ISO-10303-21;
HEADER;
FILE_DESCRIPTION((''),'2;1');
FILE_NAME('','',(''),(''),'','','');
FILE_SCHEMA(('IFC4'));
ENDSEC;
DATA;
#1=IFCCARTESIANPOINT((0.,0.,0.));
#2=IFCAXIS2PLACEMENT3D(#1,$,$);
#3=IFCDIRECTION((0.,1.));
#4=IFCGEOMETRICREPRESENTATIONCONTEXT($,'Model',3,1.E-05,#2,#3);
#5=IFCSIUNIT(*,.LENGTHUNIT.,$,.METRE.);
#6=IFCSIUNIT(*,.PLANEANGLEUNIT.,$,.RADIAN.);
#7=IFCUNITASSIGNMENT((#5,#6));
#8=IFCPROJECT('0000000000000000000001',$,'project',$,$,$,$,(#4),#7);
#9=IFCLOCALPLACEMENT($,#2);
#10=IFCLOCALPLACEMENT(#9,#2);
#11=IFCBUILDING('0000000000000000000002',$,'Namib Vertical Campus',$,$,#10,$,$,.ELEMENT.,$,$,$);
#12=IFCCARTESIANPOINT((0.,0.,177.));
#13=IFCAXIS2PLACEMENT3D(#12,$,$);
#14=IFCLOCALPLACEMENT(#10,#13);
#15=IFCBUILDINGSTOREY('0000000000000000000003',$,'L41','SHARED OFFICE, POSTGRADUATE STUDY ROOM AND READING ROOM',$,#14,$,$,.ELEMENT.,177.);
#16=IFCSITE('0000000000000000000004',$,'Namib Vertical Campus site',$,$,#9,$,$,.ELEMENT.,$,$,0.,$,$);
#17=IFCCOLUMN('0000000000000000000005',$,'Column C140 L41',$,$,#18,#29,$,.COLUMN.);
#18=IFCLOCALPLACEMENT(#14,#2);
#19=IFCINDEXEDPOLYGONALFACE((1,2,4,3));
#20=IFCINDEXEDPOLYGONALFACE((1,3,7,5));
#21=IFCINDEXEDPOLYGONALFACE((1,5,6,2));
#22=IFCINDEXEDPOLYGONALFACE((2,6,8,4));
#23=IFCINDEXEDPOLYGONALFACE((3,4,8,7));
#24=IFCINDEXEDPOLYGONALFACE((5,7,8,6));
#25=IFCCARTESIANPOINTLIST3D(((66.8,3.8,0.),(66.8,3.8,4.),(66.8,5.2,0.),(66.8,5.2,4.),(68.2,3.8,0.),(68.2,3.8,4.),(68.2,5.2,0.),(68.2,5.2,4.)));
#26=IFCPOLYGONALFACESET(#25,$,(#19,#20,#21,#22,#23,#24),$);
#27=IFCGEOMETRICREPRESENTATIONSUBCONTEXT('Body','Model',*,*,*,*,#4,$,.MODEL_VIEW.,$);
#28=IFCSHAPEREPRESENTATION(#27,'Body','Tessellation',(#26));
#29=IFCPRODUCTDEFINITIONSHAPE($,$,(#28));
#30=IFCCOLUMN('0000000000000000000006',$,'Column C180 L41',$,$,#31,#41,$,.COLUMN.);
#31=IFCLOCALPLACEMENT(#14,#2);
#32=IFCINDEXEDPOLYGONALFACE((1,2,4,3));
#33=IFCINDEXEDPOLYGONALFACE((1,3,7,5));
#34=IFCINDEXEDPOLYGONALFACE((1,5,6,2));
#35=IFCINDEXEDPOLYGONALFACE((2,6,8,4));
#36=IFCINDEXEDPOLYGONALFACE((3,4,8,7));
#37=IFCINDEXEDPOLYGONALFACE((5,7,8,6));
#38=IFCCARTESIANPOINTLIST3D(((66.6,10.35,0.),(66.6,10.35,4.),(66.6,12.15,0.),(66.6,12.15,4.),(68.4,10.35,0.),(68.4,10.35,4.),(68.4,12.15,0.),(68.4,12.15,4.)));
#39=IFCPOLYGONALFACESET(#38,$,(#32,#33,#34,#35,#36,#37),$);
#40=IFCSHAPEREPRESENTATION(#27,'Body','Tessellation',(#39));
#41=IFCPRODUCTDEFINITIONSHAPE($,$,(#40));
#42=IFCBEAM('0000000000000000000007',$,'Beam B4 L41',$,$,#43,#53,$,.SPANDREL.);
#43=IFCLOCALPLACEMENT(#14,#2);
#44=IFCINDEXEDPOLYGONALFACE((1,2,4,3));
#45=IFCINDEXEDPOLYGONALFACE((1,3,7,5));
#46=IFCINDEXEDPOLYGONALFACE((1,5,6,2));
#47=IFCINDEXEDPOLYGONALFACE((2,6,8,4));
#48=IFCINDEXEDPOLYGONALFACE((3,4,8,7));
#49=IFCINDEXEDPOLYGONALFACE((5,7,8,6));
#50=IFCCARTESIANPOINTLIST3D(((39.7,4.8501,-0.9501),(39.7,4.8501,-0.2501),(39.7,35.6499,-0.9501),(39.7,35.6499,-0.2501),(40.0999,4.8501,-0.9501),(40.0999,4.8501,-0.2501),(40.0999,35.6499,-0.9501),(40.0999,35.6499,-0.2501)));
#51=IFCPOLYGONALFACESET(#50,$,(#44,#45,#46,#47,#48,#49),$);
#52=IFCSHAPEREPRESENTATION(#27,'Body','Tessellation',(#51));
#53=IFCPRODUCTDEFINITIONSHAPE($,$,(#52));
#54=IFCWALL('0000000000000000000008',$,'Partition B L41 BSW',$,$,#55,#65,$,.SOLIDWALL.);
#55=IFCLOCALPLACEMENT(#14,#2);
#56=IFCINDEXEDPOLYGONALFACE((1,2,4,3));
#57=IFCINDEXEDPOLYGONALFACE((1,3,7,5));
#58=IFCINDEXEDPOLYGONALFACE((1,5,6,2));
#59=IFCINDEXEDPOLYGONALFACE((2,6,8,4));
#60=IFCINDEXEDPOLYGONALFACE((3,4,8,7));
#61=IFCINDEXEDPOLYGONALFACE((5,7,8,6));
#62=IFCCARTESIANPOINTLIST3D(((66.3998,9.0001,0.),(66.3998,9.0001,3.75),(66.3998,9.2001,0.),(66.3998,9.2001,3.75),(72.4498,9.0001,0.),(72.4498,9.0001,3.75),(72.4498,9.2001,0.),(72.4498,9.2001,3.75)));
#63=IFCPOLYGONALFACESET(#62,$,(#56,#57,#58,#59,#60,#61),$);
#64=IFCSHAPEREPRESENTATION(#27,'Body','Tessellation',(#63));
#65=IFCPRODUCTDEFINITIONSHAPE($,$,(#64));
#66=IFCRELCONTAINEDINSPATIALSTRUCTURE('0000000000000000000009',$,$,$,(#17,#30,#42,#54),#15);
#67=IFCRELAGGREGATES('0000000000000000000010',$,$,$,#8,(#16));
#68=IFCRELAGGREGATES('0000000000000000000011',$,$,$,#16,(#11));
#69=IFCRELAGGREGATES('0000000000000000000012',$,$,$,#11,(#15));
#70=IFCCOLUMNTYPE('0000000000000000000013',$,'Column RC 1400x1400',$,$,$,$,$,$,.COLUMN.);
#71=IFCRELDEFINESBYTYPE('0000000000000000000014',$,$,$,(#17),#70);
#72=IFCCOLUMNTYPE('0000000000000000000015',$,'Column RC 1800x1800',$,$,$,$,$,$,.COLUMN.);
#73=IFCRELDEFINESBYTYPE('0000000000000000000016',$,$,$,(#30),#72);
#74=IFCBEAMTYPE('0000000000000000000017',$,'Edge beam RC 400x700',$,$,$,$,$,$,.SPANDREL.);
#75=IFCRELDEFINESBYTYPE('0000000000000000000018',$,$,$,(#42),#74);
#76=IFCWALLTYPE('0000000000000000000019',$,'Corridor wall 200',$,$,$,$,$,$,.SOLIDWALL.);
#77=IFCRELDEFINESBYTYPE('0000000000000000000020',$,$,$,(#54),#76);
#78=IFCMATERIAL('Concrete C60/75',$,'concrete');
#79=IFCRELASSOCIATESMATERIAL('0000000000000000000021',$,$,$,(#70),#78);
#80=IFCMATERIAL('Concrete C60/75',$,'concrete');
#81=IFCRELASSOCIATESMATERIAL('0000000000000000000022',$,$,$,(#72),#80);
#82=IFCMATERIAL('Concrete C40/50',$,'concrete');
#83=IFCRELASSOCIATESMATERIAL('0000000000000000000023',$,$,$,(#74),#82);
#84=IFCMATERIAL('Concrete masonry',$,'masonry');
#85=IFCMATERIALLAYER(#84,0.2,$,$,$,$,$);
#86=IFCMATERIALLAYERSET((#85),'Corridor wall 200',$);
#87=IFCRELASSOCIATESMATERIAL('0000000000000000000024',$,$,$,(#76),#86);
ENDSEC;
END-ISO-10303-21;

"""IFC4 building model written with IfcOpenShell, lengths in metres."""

from ifc_helpers import new_model, si_unit, direction, frame, frame_2d, origin, origin_2d, place, context, subcontext, project, spatial, rectangle, extrude, material, layer, layer_set, material_profile, profile_set, type_object, element, save


model = new_model("IFC4")

# Units and contexts
model_context = context("Model", 3, precision=1e-05, world=origin(), true_north=direction((0.0, 1.0)))
body_context = subcontext(model_context, "Body", "Model", "MODEL_VIEW")
ifc_project = project(units=[si_unit("LENGTHUNIT", "METRE"), si_unit("PLANEANGLEUNIT", "RADIAN")], contexts=[model_context])

# Site, building, storey
site_placement = place(None, origin())
site = spatial("IfcSite", under=ifc_project, at=site_placement, Name="Namib Vertical Campus site", CompositionType="ELEMENT", RefElevation=0.0)
building_placement = place(site_placement, origin())
building = spatial("IfcBuilding", under=site, at=building_placement, Name="Namib Vertical Campus", CompositionType="ELEMENT")
storey_placement = place(building_placement, frame((0.0, 0.0, 177.0)))
storey = spatial("IfcBuildingStorey", under=building, at=storey_placement, Name="L41", Description="SHARED OFFICE, POSTGRADUATE STUDY ROOM AND READING ROOM", CompositionType="ELEMENT", Elevation=177.0)

# Columns
ifc_material_1 = material(Name="Concrete C60/75", Category="concrete")
ifc_material_profile_1 = material_profile(ifc_material_1, rectangle(XDim=1.3999, YDim=1.3999, at=origin_2d()))
ifc_profile_set_1 = profile_set([ifc_material_profile_1], Name="Concrete C60/75")
column_type_1 = type_object("IfcColumnType", Name="Column RC 1400x1400", PredefinedType="COLUMN", material=ifc_profile_set_1)
column_1_placement = place(storey_placement, frame((67.5, 4.5, 0.0), z_axis=(0.0, 0.0, 1.0), x_axis=(1.0, 0.0, 0.0)))
element("IfcColumn", 1, at=column_1_placement, inside=storey, type_object=column_type_1, Name="Column C140 L41", PredefinedType="COLUMN", context=body_context, shape_type="SweptSolid", body=[
    extrude(rectangle(XDim=1.3999, YDim=1.3999, at=origin_2d()), origin(), (0.0, 0.0, 1.0), 4.0),
])
ifc_material_2 = material(Name="Concrete C60/75", Category="concrete")
ifc_material_profile_2 = material_profile(ifc_material_2, rectangle(XDim=1.8, YDim=1.8, at=origin_2d()))
ifc_profile_set_2 = profile_set([ifc_material_profile_2], Name="Concrete C60/75")
column_type_2 = type_object("IfcColumnType", Name="Column RC 1800x1800", PredefinedType="COLUMN", material=ifc_profile_set_2)
column_2_placement = place(storey_placement, frame((67.5, 11.25, 0.0), z_axis=(0.0, 0.0, 1.0), x_axis=(1.0, 0.0, 0.0)))
element("IfcColumn", 2, at=column_2_placement, inside=storey, type_object=column_type_2, Name="Column C180 L41", PredefinedType="COLUMN", context=body_context, shape_type="SweptSolid", body=[
    extrude(rectangle(XDim=1.8, YDim=1.8, at=origin_2d()), origin(), (0.0, 0.0, 1.0), 4.0),
])

# Beam
ifc_material_3 = material(Name="Concrete C40/50", Category="concrete")
ifc_material_profile_3 = material_profile(ifc_material_3, rectangle(XDim=0.3999, YDim=0.7, at=origin_2d()))
ifc_profile_set_3 = profile_set([ifc_material_profile_3], Name="Concrete C40/50")
beam_type = type_object("IfcBeamType", Name="Edge beam RC 400x700", PredefinedType="SPANDREL", material=ifc_profile_set_3)
beam_placement = place(storey_placement, frame((39.8999, 4.8501, -0.6001), z_axis=(0.0, 1.0, 0.0), x_axis=(-1.0, 0.0, 0.0)))
element("IfcBeam", 3, at=beam_placement, inside=storey, type_object=beam_type, Name="Beam B4 L41", PredefinedType="SPANDREL", context=body_context, shape_type="SweptSolid", body=[
    extrude(rectangle(XDim=0.3999, YDim=0.7, at=origin_2d()), origin(), (0.0, 0.0, 1.0), 30.7998),
])

# Wall
ifc_material_4 = material(Name="Concrete masonry", Category="masonry")
ifc_layer_1 = layer(ifc_material_4, 0.2)
ifc_layer_set_1 = layer_set([ifc_layer_1], Name="Corridor wall 200")
wall_type_1 = type_object("IfcWallType", Name="Corridor wall 200", PredefinedType="SOLIDWALL", material=ifc_layer_set_1)
wall_1_placement = place(storey_placement, frame((66.3999, 9.1001, 0.0), z_axis=(0.0, 0.0, 1.0), x_axis=(1.0, 0.0, 0.0)))
element("IfcWall", 4, at=wall_1_placement, inside=storey, type_object=wall_type_1, Name="Partition B L41 BSW", PredefinedType="SOLIDWALL", context=body_context, shape_type="SweptSolid", body=[
    extrude(rectangle(XDim=6.05, YDim=0.2, at=frame_2d((3.0249, 0.0))), origin(), (0.0, 0.0, 1.0), 3.75),
])

save(model, "model.ifc")
